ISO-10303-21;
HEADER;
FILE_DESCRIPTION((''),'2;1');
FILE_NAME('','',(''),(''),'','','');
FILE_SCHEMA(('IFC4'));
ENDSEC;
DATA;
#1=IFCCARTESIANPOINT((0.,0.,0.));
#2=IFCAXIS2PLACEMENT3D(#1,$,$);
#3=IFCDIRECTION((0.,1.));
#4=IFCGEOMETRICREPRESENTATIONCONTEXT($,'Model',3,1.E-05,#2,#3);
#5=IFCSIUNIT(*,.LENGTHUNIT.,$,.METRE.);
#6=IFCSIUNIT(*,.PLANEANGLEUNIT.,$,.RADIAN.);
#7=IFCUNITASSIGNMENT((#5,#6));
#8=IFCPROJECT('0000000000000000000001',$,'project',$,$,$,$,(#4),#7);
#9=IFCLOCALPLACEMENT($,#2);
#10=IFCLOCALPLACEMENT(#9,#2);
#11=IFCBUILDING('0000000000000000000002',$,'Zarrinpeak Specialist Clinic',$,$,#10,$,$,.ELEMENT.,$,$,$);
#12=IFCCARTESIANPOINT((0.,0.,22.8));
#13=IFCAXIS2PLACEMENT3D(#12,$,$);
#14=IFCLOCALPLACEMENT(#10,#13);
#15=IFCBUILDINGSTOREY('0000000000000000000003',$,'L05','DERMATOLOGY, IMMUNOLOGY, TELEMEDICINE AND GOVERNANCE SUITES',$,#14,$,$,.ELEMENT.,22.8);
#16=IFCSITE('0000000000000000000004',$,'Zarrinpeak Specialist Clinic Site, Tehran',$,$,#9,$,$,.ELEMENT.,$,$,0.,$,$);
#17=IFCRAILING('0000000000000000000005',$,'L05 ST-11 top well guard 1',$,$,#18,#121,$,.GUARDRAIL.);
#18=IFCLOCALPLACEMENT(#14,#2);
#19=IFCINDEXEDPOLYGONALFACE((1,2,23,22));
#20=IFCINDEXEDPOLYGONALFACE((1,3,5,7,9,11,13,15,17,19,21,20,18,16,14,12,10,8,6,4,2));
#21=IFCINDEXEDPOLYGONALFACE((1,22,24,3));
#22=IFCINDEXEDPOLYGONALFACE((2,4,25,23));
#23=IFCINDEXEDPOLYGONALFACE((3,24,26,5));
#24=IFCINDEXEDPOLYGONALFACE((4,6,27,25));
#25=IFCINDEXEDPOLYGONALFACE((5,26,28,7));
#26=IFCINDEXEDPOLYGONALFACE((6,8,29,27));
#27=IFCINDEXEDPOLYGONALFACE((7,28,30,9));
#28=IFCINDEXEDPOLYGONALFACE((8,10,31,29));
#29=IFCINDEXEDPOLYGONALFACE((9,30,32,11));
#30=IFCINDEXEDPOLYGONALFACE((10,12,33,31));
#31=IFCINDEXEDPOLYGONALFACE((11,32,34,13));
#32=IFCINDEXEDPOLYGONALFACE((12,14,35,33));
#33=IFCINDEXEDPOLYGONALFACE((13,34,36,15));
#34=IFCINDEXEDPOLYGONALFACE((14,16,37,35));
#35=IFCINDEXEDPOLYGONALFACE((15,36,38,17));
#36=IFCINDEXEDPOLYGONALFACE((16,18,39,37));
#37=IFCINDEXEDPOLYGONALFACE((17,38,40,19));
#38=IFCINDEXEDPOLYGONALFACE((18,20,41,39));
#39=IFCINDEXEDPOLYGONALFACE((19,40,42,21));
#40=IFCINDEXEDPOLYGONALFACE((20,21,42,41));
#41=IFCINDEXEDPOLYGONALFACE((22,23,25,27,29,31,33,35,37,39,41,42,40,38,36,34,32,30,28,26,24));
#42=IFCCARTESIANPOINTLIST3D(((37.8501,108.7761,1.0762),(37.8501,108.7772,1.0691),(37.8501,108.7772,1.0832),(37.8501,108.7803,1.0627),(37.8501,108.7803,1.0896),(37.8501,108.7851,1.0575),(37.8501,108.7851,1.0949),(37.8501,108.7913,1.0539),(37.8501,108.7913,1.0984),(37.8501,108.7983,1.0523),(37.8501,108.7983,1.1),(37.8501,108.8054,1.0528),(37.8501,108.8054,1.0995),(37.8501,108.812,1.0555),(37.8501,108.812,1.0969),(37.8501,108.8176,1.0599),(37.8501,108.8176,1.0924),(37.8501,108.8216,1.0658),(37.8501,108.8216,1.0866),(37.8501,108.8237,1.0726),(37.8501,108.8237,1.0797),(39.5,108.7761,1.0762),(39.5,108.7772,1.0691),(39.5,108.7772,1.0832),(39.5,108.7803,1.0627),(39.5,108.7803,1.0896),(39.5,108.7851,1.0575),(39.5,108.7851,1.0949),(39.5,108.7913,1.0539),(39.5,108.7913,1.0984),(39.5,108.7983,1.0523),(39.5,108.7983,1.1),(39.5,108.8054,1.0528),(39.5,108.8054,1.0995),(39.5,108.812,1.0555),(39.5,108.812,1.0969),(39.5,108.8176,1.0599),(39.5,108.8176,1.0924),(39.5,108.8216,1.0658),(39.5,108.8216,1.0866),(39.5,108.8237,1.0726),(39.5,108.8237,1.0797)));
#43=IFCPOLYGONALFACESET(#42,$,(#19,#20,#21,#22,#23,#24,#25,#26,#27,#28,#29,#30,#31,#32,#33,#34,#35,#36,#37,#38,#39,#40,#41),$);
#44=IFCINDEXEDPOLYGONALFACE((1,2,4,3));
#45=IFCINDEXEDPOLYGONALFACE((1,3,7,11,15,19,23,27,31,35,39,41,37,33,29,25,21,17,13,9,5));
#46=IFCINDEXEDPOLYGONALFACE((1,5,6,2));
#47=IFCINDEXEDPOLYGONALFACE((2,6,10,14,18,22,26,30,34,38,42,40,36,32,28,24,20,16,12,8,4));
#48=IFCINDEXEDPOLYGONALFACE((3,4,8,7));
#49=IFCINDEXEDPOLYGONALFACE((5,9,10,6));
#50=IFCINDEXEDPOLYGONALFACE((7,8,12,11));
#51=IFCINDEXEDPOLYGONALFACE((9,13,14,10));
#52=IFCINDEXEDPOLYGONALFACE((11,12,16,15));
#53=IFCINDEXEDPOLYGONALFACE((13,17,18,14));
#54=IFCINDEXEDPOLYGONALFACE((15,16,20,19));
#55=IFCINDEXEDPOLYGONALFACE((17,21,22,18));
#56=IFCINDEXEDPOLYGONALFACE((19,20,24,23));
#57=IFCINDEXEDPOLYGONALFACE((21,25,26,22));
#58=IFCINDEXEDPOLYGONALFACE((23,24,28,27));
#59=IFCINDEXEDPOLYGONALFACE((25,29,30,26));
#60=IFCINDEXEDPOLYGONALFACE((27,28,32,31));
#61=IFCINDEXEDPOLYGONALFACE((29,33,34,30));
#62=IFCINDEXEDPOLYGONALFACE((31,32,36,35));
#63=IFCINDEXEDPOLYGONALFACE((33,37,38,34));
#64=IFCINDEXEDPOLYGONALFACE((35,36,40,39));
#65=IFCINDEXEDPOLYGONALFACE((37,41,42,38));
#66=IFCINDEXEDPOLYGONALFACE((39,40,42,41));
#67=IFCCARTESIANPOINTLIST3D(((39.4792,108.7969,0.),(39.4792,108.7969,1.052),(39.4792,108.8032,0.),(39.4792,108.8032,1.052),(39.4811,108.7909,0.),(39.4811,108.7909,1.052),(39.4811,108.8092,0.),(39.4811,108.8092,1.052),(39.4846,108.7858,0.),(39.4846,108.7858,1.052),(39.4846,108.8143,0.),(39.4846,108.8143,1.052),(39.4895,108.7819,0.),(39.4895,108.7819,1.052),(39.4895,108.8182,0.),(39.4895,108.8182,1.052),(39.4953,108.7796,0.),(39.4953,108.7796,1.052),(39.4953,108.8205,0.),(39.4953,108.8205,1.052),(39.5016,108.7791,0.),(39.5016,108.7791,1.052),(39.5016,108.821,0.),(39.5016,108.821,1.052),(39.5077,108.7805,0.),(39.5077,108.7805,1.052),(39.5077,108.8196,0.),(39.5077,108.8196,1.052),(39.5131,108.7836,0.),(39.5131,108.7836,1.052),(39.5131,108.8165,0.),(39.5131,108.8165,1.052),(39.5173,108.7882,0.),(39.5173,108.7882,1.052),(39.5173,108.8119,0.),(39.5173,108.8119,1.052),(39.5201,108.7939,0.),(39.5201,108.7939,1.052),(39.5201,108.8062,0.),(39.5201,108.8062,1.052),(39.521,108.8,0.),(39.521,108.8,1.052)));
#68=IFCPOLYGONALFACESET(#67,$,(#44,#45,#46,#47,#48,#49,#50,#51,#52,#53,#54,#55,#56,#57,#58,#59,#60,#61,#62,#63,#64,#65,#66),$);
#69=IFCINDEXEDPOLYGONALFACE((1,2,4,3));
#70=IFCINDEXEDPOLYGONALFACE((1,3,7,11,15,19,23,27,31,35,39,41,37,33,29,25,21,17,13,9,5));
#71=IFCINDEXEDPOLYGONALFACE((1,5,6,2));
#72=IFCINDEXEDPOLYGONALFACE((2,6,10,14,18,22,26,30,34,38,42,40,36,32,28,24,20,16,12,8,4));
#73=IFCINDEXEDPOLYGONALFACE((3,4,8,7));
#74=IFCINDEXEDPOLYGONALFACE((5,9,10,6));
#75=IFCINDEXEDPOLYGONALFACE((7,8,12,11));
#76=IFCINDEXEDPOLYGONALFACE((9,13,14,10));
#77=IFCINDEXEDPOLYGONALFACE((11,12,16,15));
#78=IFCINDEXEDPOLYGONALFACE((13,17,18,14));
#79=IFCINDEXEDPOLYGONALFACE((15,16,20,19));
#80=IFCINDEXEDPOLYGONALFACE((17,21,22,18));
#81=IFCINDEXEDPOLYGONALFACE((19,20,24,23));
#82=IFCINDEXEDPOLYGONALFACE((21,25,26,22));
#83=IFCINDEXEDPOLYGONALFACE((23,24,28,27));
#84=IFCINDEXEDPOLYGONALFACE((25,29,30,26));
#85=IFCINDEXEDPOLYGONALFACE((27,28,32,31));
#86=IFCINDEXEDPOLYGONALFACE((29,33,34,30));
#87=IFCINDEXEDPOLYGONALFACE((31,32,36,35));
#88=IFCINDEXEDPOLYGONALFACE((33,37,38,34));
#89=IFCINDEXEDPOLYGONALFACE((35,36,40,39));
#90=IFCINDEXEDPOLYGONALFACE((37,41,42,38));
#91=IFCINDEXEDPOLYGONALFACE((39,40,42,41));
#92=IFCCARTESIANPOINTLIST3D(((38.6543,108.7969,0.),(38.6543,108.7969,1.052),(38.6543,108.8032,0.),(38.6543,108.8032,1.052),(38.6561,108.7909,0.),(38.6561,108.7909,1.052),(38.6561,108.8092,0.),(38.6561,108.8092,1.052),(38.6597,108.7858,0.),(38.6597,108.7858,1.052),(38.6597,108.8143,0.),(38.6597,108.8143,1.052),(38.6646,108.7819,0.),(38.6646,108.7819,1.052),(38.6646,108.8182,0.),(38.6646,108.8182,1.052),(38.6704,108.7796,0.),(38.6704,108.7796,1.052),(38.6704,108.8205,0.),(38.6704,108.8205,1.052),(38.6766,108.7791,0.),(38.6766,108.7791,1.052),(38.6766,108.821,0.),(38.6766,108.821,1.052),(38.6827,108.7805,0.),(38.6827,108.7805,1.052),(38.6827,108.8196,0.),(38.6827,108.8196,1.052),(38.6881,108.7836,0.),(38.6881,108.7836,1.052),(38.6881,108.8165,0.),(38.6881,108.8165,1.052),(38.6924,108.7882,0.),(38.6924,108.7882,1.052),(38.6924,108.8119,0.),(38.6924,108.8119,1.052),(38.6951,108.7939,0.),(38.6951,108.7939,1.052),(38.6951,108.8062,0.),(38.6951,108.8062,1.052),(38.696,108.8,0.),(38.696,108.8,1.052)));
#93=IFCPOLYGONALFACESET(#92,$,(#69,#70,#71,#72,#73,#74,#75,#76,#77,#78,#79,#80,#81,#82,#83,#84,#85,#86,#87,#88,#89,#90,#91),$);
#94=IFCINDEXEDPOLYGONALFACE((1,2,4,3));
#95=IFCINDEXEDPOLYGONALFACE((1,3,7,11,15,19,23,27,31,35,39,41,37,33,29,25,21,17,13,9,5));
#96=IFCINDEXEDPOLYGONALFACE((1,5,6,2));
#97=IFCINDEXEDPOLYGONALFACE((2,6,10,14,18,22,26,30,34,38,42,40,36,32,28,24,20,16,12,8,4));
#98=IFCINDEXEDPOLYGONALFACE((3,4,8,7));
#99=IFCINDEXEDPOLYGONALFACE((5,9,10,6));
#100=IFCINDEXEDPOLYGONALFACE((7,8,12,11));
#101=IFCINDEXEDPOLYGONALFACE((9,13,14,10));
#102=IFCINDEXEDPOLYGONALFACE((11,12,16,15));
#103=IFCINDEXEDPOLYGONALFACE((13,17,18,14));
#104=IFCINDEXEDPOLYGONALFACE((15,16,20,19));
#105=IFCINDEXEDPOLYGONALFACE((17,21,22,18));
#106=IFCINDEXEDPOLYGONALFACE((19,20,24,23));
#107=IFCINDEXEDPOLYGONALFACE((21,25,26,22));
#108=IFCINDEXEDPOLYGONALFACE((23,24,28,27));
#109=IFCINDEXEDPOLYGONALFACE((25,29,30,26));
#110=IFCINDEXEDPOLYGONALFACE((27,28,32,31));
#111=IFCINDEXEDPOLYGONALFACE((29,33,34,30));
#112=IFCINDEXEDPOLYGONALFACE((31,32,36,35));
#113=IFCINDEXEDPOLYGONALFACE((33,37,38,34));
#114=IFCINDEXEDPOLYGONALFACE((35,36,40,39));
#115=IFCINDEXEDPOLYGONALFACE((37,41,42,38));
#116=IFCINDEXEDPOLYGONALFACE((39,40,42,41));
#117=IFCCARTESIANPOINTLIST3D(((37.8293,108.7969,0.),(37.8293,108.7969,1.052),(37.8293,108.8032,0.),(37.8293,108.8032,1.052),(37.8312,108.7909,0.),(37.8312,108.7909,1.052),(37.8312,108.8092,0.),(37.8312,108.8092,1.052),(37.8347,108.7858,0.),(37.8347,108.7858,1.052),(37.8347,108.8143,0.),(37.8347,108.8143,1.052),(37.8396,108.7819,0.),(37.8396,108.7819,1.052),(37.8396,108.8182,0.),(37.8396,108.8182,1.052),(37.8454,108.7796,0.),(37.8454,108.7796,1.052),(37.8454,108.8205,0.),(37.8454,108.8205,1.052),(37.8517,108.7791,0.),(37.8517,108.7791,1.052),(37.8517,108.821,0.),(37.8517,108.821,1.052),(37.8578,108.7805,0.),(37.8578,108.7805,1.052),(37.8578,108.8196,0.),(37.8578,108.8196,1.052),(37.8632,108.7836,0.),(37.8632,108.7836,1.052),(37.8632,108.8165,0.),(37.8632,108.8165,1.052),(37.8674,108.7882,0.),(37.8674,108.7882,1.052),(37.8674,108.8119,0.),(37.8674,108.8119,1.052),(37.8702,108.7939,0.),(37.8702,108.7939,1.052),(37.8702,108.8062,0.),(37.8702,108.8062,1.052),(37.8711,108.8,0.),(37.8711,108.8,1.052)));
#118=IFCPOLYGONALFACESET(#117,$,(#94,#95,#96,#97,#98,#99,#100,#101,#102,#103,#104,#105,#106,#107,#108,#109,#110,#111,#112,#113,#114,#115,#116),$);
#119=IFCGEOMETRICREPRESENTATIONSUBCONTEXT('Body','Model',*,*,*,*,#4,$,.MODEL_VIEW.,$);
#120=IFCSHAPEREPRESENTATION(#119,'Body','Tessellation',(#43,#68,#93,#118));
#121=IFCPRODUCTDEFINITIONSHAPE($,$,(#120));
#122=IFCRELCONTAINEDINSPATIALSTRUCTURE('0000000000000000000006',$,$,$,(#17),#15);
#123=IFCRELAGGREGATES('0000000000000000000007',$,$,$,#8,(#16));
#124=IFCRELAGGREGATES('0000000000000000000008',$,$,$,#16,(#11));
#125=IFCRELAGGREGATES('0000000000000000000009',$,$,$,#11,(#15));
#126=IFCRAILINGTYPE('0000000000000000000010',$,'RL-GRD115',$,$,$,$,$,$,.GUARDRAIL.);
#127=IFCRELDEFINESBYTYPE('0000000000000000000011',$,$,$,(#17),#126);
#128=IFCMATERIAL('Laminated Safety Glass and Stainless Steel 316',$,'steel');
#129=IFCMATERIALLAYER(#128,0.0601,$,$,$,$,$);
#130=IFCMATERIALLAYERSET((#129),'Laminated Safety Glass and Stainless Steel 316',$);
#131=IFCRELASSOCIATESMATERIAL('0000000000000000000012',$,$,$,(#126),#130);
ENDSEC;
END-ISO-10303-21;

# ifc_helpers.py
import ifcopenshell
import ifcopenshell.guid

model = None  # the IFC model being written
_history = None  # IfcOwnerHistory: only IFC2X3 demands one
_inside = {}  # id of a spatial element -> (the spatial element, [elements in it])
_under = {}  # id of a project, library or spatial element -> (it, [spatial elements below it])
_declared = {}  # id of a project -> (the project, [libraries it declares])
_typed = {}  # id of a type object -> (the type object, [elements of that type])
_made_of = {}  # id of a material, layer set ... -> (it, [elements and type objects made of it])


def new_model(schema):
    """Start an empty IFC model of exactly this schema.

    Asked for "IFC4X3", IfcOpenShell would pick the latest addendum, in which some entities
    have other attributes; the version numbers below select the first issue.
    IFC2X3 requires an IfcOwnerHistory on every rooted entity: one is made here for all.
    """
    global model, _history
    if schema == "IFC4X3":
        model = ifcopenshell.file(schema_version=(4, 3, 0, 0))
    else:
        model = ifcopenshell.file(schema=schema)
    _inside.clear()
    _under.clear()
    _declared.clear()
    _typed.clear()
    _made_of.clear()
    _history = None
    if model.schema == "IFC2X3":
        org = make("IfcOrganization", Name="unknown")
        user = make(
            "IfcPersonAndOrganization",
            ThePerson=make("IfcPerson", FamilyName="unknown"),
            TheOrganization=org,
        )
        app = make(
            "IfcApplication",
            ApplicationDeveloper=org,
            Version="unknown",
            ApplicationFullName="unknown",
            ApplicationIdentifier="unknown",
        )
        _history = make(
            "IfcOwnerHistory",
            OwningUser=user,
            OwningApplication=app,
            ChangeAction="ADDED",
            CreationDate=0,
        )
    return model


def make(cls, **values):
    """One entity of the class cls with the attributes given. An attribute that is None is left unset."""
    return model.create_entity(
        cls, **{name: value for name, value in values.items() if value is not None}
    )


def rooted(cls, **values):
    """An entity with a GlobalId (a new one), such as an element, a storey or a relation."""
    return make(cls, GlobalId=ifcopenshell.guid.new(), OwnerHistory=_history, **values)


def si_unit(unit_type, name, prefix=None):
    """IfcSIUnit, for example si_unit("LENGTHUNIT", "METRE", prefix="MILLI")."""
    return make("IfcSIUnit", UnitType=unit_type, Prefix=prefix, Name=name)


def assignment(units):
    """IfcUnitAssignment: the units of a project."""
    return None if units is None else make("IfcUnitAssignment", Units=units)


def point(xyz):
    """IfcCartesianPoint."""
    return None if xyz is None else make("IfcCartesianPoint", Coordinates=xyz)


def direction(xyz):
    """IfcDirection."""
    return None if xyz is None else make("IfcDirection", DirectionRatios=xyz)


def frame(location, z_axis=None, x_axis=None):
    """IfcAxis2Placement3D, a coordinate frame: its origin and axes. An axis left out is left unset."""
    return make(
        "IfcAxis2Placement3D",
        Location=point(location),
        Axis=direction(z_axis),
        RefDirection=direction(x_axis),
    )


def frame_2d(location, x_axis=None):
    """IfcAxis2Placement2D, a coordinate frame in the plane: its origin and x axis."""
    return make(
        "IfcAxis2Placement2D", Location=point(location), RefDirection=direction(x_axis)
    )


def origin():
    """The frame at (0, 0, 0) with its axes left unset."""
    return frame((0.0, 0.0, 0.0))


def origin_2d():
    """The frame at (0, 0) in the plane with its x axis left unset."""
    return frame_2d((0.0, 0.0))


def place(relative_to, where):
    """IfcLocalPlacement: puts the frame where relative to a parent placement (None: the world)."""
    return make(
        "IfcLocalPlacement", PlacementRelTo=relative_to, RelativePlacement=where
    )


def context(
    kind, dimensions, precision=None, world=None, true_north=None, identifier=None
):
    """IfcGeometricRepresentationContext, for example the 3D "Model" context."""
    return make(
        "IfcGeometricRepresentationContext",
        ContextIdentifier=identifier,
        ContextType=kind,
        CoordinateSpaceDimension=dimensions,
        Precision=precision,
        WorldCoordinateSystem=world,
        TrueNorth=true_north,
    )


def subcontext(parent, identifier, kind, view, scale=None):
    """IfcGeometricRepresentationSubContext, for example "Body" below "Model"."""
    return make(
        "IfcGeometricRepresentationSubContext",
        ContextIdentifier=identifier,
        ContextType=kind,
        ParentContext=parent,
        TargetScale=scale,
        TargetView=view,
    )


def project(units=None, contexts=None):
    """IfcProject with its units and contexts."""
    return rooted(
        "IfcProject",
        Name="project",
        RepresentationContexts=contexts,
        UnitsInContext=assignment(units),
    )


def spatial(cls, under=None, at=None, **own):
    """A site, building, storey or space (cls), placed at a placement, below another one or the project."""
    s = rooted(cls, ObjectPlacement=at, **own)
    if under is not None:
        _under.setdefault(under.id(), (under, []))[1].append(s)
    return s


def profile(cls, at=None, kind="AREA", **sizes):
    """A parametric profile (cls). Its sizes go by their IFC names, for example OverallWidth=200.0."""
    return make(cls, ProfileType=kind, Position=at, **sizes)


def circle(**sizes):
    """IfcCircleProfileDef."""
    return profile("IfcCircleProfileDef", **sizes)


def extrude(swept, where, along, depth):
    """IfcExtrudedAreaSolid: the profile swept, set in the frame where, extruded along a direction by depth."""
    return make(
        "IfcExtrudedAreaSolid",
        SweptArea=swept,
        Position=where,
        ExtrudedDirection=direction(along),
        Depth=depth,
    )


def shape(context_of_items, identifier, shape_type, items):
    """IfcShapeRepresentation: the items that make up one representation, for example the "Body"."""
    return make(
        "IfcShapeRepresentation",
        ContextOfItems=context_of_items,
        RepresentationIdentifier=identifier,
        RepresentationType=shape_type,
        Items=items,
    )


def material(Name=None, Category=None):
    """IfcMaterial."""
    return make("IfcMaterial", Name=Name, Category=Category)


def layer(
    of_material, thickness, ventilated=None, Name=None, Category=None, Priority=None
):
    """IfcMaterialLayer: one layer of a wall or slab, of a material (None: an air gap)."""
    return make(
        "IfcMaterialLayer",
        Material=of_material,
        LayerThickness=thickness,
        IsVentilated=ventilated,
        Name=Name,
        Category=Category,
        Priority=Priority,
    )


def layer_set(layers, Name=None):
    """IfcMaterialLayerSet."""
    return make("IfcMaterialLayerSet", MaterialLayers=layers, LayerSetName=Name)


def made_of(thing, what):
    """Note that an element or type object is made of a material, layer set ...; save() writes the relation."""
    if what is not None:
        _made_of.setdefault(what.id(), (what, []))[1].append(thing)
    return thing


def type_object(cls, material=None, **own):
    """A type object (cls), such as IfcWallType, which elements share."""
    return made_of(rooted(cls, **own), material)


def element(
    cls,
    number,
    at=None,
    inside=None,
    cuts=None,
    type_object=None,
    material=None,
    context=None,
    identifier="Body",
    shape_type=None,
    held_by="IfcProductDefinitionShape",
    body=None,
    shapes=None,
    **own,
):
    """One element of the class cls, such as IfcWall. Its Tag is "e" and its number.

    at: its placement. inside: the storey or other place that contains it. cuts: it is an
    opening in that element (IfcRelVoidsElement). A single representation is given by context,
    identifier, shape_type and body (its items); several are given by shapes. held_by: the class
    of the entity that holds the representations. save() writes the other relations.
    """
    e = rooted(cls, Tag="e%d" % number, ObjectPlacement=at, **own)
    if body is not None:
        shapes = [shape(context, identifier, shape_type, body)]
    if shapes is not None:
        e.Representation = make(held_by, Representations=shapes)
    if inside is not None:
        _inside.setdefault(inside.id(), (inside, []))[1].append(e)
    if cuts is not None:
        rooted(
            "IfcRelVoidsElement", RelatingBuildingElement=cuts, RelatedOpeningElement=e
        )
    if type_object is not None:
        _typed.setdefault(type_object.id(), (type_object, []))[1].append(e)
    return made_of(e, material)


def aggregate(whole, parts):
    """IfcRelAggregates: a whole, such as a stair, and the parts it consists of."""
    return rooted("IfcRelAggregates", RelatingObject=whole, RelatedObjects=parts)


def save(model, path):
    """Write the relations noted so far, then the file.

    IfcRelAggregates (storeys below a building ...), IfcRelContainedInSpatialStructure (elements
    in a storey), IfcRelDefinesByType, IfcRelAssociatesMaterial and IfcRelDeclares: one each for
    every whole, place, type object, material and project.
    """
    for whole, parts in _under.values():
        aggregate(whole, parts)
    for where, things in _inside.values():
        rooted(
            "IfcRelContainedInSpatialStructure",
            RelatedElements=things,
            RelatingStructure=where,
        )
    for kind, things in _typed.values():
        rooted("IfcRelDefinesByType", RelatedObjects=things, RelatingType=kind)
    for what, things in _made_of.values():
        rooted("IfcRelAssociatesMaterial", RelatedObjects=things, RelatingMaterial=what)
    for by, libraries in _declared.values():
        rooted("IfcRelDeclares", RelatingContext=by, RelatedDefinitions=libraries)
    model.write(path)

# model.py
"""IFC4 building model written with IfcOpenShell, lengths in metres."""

from ifc_helpers import new_model, si_unit, direction, frame, origin, origin_2d, place, context, subcontext, project, spatial, circle, extrude, material, layer, layer_set, type_object, element, save


model = new_model("IFC4")

# Units and contexts
model_context = context("Model", 3, precision=1e-05, world=origin(), true_north=direction((0.0, 1.0)))
body_context = subcontext(model_context, "Body", "Model", "MODEL_VIEW")
ifc_project = project(units=[si_unit("LENGTHUNIT", "METRE"), si_unit("PLANEANGLEUNIT", "RADIAN")], contexts=[model_context])

# Site, building, storey
site_placement = place(None, origin())
site = spatial("IfcSite", under=ifc_project, at=site_placement, Name="Zarrinpeak Specialist Clinic Site, Tehran", CompositionType="ELEMENT", RefElevation=0.0)
building_placement = place(site_placement, origin())
building = spatial("IfcBuilding", under=site, at=building_placement, Name="Zarrinpeak Specialist Clinic", CompositionType="ELEMENT")
storey_placement = place(building_placement, frame((0.0, 0.0, 22.8)))
storey = spatial("IfcBuildingStorey", under=building, at=storey_placement, Name="L05", Description="DERMATOLOGY, IMMUNOLOGY, TELEMEDICINE AND GOVERNANCE SUITES", CompositionType="ELEMENT", Elevation=22.8)

# Railing
ifc_material_1 = material(Name="Laminated Safety Glass and Stainless Steel 316", Category="steel")
ifc_layer_1 = layer(ifc_material_1, 0.0601)
ifc_layer_set_1 = layer_set([ifc_layer_1], Name="Laminated Safety Glass and Stainless Steel 316")
railing_type = type_object("IfcRailingType", Name="RL-GRD115", PredefinedType="GUARDRAIL", material=ifc_layer_set_1)
railing_placement = place(storey_placement, frame((39.5, 108.8, 0.0)))
element("IfcRailing", 1, at=railing_placement, inside=storey, type_object=railing_type, Name="L05 ST-11 top well guard 1", PredefinedType="GUARDRAIL", context=body_context, shape_type="SweptSolid", body=[
    extrude(circle(Radius=0.0239, at=origin_2d()), frame((0.0, 0.0, 1.0762), z_axis=(-1.0, 0.0, 0.0), x_axis=(0.0, -1.0, 0.0)), (0.0, 0.0, 1.0), 1.6499),
    extrude(circle(Radius=0.021, at=origin_2d()), origin(), (0.0, 0.0, 1.0), 1.052),
    extrude(circle(Radius=0.021, at=origin_2d()), frame((-0.825, 0.0, 0.0)), (0.0, 0.0, 1.0), 1.052),
    extrude(circle(Radius=0.021, at=origin_2d()), frame((-1.6499, 0.0, 0.0)), (0.0, 0.0, 1.0), 1.052),
])

save(model, "model.ifc")
